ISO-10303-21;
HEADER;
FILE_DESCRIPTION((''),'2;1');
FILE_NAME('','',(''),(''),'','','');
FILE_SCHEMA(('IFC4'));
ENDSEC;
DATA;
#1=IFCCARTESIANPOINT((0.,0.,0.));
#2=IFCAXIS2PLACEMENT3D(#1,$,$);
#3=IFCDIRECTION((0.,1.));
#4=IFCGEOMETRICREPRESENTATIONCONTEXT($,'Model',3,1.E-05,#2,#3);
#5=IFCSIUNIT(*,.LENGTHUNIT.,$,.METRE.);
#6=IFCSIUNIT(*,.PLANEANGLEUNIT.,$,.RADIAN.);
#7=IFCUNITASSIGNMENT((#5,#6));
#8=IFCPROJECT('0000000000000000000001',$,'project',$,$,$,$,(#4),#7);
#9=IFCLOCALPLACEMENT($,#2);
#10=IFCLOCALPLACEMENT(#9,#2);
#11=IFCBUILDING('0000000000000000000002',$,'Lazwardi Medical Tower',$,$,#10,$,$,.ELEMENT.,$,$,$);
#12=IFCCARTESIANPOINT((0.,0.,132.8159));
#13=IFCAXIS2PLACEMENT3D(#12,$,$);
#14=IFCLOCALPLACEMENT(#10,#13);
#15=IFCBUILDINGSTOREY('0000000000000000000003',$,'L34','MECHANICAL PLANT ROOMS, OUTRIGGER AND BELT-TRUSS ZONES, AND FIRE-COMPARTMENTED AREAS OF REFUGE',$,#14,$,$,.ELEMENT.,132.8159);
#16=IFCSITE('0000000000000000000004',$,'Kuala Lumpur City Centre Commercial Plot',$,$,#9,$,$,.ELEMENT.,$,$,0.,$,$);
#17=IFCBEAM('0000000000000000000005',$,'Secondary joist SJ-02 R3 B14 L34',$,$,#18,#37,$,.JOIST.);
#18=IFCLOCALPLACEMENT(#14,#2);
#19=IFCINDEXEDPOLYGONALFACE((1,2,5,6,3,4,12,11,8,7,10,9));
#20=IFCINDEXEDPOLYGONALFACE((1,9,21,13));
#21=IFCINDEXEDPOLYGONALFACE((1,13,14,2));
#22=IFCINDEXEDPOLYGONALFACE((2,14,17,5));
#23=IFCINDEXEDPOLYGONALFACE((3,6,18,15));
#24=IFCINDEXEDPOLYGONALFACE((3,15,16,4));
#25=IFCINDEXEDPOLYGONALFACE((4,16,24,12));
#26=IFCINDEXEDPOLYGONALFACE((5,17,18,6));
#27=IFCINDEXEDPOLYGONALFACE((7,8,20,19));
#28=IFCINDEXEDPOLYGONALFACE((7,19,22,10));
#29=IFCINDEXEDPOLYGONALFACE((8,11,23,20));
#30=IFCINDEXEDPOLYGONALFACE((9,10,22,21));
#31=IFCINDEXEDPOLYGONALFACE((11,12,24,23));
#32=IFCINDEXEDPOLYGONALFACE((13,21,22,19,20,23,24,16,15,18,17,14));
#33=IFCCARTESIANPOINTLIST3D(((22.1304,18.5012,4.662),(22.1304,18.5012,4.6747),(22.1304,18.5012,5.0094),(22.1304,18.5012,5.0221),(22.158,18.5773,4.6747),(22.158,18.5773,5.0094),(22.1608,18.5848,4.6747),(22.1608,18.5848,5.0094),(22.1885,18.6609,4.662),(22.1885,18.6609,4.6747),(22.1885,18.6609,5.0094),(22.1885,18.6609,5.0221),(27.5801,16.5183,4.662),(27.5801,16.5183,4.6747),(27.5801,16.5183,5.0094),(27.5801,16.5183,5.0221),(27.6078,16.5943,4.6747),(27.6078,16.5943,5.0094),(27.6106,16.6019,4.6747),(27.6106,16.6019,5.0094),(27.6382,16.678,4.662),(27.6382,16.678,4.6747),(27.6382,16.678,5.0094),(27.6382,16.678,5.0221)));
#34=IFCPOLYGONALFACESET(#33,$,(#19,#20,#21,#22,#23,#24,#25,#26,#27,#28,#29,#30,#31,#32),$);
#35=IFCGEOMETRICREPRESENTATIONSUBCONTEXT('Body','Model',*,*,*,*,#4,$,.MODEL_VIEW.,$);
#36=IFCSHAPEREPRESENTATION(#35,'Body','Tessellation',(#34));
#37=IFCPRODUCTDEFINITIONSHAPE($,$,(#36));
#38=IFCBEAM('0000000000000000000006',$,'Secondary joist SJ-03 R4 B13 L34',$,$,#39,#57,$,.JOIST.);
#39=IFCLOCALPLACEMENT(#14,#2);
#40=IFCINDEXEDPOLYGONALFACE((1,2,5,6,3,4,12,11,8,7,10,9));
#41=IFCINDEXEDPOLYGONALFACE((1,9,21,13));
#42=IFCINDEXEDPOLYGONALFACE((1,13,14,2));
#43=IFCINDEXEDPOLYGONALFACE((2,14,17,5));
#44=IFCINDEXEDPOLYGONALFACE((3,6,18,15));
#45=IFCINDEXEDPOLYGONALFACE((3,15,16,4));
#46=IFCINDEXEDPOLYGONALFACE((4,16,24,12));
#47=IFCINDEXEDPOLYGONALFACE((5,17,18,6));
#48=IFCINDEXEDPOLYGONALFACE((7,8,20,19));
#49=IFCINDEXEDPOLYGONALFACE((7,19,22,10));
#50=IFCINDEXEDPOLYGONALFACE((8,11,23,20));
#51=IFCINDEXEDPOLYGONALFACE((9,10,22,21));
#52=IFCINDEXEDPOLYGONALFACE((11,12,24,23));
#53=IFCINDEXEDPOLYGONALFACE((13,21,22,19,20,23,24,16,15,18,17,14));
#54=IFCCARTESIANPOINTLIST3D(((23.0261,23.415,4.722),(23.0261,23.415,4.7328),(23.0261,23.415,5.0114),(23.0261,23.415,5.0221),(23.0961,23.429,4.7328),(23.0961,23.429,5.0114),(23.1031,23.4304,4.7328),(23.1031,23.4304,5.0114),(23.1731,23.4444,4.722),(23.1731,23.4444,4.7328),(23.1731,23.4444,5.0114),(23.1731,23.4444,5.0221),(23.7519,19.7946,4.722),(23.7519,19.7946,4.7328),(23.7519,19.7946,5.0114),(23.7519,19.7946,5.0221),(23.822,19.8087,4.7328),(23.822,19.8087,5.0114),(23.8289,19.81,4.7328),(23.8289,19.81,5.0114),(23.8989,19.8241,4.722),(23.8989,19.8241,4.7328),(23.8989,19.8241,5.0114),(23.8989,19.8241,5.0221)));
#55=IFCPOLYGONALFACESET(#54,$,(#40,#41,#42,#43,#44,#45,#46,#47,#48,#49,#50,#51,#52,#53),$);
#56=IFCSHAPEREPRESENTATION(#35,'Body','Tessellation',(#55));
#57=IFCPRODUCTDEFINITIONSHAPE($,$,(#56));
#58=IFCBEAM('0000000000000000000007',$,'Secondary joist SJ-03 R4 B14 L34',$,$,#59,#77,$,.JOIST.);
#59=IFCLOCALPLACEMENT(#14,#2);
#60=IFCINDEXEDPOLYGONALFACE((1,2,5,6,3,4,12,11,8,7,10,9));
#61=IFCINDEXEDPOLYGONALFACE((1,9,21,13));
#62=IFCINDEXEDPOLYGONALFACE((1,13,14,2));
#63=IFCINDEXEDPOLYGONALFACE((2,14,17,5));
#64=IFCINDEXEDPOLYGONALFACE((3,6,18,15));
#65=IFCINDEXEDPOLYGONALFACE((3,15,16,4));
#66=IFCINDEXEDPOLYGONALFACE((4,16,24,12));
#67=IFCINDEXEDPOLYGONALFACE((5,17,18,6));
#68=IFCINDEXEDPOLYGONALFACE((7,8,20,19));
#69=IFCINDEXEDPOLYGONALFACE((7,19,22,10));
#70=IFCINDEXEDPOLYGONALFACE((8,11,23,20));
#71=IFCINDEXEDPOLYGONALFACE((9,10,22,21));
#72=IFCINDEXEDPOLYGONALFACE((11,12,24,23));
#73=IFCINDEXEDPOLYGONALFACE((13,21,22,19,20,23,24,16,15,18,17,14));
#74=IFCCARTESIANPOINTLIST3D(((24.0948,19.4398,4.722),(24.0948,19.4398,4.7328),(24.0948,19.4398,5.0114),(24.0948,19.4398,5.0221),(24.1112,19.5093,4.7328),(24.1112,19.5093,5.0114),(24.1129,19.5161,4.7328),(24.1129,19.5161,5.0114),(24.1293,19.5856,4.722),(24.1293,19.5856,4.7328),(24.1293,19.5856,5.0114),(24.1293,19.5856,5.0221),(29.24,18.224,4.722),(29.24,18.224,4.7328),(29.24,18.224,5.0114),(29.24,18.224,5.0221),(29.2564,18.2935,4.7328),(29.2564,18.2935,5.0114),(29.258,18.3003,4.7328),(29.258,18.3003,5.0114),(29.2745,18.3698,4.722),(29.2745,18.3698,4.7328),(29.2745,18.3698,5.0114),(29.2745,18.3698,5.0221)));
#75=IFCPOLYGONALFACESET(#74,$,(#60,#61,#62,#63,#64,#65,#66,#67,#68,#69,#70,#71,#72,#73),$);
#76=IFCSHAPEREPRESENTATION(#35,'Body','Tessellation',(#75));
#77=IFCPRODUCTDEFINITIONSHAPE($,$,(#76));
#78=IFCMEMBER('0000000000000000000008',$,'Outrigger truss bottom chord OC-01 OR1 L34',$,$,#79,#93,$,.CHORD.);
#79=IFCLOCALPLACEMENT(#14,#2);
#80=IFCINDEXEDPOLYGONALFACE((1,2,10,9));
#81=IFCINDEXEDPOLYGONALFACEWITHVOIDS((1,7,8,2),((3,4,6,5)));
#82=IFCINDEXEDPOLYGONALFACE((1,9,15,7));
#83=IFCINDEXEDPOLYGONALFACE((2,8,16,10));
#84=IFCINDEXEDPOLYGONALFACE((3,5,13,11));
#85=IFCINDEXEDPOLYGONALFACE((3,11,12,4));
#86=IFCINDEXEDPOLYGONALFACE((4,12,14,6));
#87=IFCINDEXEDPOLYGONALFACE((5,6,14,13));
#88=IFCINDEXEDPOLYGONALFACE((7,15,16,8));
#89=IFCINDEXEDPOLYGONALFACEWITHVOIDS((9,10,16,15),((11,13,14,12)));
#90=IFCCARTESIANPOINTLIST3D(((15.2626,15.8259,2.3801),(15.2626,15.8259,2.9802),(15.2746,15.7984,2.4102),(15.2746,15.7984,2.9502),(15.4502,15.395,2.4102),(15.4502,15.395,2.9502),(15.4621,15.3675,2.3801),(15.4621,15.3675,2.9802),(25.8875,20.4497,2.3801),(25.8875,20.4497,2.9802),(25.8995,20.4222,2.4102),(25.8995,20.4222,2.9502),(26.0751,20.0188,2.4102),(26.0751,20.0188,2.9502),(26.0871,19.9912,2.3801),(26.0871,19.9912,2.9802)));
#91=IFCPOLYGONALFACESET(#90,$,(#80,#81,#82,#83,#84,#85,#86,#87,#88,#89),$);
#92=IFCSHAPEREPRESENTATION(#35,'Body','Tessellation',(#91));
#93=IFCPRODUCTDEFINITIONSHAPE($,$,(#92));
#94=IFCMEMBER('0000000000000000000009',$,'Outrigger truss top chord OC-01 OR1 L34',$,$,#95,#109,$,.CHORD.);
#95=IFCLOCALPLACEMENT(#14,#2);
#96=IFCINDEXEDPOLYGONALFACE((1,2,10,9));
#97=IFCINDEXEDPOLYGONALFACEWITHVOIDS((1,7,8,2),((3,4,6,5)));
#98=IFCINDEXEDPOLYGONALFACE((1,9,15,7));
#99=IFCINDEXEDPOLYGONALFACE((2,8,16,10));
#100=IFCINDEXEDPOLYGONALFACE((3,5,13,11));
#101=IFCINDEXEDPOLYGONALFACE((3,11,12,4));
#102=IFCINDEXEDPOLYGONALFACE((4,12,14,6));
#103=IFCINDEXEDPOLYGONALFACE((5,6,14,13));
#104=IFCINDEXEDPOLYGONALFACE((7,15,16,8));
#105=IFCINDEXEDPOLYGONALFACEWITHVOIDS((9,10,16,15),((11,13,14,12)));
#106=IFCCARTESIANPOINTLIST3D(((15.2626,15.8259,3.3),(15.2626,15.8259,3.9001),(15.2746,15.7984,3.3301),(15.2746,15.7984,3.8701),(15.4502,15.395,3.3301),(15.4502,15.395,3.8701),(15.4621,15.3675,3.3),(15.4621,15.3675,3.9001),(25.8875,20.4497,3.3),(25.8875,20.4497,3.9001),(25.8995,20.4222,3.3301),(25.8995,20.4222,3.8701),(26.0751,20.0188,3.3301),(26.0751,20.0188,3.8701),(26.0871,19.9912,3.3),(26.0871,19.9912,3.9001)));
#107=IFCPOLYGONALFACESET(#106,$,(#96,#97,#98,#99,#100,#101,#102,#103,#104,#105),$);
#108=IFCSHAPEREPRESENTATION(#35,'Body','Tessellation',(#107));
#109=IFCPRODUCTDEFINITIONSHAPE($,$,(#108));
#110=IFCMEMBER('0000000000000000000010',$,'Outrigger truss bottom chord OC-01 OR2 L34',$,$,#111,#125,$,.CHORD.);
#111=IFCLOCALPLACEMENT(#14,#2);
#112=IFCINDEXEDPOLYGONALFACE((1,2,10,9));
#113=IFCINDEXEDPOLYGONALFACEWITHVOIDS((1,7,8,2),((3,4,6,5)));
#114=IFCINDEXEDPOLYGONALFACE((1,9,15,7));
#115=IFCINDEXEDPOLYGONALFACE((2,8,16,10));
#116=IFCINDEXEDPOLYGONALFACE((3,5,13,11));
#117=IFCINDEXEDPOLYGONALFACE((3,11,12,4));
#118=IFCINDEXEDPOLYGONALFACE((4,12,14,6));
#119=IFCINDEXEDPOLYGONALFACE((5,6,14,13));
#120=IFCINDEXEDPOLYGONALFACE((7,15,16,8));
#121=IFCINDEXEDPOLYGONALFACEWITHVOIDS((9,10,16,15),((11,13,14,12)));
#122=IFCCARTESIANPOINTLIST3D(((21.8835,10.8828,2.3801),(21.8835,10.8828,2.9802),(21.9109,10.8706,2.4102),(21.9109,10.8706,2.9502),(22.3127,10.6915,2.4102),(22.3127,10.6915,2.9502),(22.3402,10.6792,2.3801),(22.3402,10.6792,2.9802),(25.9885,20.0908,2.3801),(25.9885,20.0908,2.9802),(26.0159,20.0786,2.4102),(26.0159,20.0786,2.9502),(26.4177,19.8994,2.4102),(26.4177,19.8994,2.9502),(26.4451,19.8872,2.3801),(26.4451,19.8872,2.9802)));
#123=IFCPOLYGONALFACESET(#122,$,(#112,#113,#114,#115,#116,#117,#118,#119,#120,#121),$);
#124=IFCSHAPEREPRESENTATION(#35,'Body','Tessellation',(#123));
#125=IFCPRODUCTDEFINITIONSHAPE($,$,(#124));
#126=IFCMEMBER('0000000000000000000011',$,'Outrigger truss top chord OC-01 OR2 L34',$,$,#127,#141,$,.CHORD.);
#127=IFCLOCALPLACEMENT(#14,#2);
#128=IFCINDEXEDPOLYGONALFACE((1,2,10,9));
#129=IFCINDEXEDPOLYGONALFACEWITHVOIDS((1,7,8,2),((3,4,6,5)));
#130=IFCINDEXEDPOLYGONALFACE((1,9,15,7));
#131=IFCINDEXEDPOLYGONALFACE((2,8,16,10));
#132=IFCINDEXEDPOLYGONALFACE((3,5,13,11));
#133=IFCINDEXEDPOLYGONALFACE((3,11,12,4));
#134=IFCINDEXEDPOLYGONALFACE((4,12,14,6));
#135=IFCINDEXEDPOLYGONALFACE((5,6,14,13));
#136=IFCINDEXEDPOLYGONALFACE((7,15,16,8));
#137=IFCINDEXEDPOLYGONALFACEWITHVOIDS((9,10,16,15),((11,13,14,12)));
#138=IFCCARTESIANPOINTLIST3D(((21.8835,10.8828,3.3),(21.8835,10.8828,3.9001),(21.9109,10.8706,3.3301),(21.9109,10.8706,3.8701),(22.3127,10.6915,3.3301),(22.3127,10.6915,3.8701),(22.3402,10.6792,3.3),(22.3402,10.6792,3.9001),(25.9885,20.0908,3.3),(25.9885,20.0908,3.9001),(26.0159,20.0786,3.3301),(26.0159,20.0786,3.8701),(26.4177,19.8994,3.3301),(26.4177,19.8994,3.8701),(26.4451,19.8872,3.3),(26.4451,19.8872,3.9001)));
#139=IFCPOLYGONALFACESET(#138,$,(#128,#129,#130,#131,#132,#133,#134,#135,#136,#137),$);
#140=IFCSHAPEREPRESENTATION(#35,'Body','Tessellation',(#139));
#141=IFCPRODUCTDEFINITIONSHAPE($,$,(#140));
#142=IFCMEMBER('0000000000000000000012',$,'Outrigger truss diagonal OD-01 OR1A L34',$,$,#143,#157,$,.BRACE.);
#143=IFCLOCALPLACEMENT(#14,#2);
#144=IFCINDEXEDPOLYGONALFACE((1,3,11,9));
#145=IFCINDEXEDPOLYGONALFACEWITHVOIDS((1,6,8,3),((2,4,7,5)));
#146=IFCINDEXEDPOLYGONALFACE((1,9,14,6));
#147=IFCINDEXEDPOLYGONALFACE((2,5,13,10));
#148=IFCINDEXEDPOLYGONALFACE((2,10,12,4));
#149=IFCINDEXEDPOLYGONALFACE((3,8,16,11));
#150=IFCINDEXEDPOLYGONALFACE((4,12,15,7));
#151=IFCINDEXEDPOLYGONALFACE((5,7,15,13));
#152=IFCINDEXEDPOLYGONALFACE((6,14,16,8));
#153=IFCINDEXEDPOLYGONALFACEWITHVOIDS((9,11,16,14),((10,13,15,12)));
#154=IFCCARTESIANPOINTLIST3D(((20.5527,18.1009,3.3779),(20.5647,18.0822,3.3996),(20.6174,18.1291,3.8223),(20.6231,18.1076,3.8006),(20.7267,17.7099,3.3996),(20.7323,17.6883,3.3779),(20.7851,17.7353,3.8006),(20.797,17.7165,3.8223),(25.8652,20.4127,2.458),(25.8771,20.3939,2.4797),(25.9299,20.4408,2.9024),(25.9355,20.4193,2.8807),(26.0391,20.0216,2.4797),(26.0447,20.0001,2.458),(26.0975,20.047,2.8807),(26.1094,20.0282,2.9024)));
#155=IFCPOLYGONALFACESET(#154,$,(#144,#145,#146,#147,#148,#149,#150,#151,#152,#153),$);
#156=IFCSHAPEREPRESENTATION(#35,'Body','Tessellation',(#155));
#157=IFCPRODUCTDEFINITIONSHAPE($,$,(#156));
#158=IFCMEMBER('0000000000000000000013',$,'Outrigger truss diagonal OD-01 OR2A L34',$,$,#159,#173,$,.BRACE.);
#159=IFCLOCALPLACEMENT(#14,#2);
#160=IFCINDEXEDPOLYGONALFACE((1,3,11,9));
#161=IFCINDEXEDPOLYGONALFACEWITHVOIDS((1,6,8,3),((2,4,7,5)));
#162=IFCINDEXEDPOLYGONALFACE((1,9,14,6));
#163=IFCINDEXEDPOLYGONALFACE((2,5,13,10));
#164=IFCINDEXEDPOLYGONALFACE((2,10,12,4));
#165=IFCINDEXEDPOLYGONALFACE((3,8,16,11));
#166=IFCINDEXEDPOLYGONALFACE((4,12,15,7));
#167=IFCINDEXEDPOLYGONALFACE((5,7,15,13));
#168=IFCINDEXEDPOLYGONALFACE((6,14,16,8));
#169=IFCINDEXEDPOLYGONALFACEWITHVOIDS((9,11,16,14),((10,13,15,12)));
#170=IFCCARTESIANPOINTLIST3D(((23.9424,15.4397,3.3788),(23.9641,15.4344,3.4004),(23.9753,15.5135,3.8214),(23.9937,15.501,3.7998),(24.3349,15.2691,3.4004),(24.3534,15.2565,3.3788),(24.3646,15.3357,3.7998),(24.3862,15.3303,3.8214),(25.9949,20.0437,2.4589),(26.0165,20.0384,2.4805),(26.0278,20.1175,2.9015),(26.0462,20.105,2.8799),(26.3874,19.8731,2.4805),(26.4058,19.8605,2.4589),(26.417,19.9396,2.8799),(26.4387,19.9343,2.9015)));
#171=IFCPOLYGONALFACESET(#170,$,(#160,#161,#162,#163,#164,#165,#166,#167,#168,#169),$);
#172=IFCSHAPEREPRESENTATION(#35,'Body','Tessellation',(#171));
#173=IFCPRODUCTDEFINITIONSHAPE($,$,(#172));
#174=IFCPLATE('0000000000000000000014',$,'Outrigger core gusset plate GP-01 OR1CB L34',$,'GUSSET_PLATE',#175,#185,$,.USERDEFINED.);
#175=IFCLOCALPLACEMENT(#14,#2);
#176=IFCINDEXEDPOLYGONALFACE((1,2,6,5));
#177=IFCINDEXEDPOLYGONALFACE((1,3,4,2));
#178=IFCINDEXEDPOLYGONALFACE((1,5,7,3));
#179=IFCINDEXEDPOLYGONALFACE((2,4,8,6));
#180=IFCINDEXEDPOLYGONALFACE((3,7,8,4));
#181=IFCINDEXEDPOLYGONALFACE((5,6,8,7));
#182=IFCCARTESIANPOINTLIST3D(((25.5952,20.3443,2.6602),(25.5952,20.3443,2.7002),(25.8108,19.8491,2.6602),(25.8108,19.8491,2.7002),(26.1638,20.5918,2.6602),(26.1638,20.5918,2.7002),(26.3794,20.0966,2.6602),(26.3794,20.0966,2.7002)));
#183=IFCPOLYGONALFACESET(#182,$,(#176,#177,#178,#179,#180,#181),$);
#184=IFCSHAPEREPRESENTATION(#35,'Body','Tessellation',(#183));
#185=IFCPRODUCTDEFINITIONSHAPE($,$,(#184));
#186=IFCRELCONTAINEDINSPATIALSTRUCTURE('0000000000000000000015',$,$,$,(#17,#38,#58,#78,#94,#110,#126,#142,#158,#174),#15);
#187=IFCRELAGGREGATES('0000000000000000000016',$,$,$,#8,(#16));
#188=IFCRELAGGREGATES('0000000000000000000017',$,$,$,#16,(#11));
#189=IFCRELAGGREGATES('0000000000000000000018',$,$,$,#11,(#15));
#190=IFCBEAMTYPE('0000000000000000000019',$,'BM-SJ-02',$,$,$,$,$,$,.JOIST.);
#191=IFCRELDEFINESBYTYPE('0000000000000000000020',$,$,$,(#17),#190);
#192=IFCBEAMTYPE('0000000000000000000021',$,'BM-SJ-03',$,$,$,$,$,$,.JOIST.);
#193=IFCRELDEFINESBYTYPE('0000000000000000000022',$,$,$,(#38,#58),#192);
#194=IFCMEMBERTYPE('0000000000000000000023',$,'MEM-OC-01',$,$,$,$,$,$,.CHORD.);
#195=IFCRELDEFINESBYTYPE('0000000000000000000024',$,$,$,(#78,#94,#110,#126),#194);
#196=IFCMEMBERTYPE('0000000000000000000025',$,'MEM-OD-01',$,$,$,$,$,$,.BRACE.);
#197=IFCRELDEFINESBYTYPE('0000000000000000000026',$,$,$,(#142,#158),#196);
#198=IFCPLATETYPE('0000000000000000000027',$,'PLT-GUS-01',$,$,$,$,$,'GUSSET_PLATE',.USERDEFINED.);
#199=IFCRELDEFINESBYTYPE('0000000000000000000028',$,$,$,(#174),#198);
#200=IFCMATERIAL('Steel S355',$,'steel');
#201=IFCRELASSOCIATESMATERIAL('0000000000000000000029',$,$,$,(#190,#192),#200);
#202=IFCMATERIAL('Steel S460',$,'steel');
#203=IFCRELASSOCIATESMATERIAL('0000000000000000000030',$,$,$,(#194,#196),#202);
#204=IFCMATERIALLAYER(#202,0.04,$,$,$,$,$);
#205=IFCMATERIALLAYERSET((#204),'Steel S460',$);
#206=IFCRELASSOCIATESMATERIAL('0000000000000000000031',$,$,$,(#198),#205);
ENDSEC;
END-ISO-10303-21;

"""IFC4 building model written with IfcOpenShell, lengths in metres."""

from ifc_helpers import new_model, si_unit, direction, frame, origin, origin_2d, place, context, subcontext, project, spatial, rectangle, hollow_rectangle, i_section, extrude, material, layer, layer_set, material_profile, profile_set, type_object, element, save


model = new_model("IFC4")

# Units and contexts
model_context = context("Model", 3, precision=1e-05, world=origin(), true_north=direction((0.0, 1.0)))
body_context = subcontext(model_context, "Body", "Model", "MODEL_VIEW")
ifc_project = project(units=[si_unit("LENGTHUNIT", "METRE"), si_unit("PLANEANGLEUNIT", "RADIAN")], contexts=[model_context])

# Site, building, storey
site_placement = place(None, origin())
site = spatial("IfcSite", under=ifc_project, at=site_placement, Name="Kuala Lumpur City Centre Commercial Plot", CompositionType="ELEMENT", RefElevation=0.0)
building_placement = place(site_placement, origin())
building = spatial("IfcBuilding", under=site, at=building_placement, Name="Lazwardi Medical Tower", CompositionType="ELEMENT")
storey_placement = place(building_placement, frame((0.0, 0.0, 132.8159)))
storey = spatial("IfcBuildingStorey", under=building, at=storey_placement, Name="L34", Description="MECHANICAL PLANT ROOMS, OUTRIGGER AND BELT-TRUSS ZONES, AND FIRE-COMPARTMENTED AREAS OF REFUGE", CompositionType="ELEMENT", Elevation=132.8159)

# Beams
ifc_material_1 = material(Name="Steel S355", Category="steel")
ifc_material_profile_1 = material_profile(ifc_material_1, i_section(OverallWidth=0.1699, OverallDepth=0.3601, WebThickness=0.0081, FlangeThickness=0.0127, at=origin_2d()), Name="IPE 360")
ifc_profile_set_1 = profile_set([ifc_material_profile_1], Name="Steel S355")
beam_type_1 = type_object("IfcBeamType", Name="BM-SJ-02", PredefinedType="JOIST", material=ifc_profile_set_1)
beam_1_placement = place(storey_placement, frame((22.1594, 18.5811, 4.842), z_axis=(0.939727, -0.341926, 0.0), x_axis=(0.341926, 0.939727, 0.0)))
element("IfcBeam", 1, at=beam_1_placement, inside=storey, type_object=beam_type_1, Name="Secondary joist SJ-02 R3 B14 L34", PredefinedType="JOIST", context=body_context, shape_type="SweptSolid", body=[
    extrude(i_section(OverallWidth=0.1699, OverallDepth=0.3601, WebThickness=0.0081, FlangeThickness=0.0127, at=origin_2d()), origin(), (0.0, 0.0, 1.0), 5.7993),
])
ifc_material_profile_2 = material_profile(ifc_material_1, i_section(OverallWidth=0.1499, OverallDepth=0.3, WebThickness=0.0071, FlangeThickness=0.0107, at=origin_2d()), Name="IPE 300")
ifc_profile_set_2 = profile_set([ifc_material_profile_2], Name="Steel S355")
beam_type_2 = type_object("IfcBeamType", Name="BM-SJ-03", PredefinedType="JOIST", material=ifc_profile_set_2)
beam_2_placement = place(storey_placement, frame((23.0996, 23.4297, 4.8721), z_axis=(0.196574, -0.980489, 0.0), x_axis=(0.980489, 0.196574, 0.0)))
element("IfcBeam", 2, at=beam_2_placement, inside=storey, type_object=beam_type_2, Name="Secondary joist SJ-03 R4 B13 L34", PredefinedType="JOIST", context=body_context, shape_type="SweptSolid", body=[
    extrude(i_section(OverallWidth=0.1499, OverallDepth=0.3, WebThickness=0.0071, FlangeThickness=0.0107, at=origin_2d()), origin(), (0.0, 0.0, 1.0), 3.6924),
])
beam_3_placement = place(storey_placement, frame((24.1121, 19.5127, 4.8721), z_axis=(0.973199, -0.229966, 0.0), x_axis=(0.229966, 0.973199, 0.0)))
element("IfcBeam", 3, at=beam_3_placement, inside=storey, type_object=beam_type_2, Name="Secondary joist SJ-03 R4 B14 L34", PredefinedType="JOIST", context=body_context, shape_type="SweptSolid", body=[
    extrude(i_section(OverallWidth=0.1499, OverallDepth=0.3, WebThickness=0.0071, FlangeThickness=0.0107, at=origin_2d()), origin(), (0.0, 0.0, 1.0), 5.2869),
])

# Members
ifc_material_2 = material(Name="Steel S460", Category="steel")
ifc_material_profile_3 = material_profile(ifc_material_2, hollow_rectangle(XDim=0.5, YDim=0.6001, WallThickness=0.03, at=origin_2d()), Name="RHS 600x500x30")
ifc_profile_set_3 = profile_set([ifc_material_profile_3], Name="Steel S460")
member_type_1 = type_object("IfcMemberType", Name="MEM-OC-01", PredefinedType="CHORD", material=ifc_profile_set_3)
for number, where, z_axis, x_axis, name in (
    (4, (25.9873, 20.2205, 2.6802), (-0.916937, -0.399032, 0.0), (0.399032, -0.916937, 0.0), "Outrigger truss bottom chord OC-01 OR1 L34"),
    (5, (25.9873, 20.2205, 3.6001), (-0.916937, -0.399032, 0.0), (0.399032, -0.916937, 0.0), "Outrigger truss top chord OC-01 OR1 L34"),
):
    element("IfcMember", number, at=place(storey_placement, frame(where, z_axis=z_axis, x_axis=x_axis)), inside=storey, type_object=member_type_1, Name=name, PredefinedType="CHORD", context=body_context, shape_type="SweptSolid", body=[
        extrude(hollow_rectangle(XDim=0.5, YDim=0.6001, WallThickness=0.03, at=origin_2d()), origin(), (0.0, 0.0, 1.0), 11.5874),
    ])
for number, where, z_axis, x_axis, name in (
    (6, (26.2168, 19.989, 2.6802), (-0.407176, -0.91335, 0.0), (0.91335, -0.407176, 0.0), "Outrigger truss bottom chord OC-01 OR2 L34"),
    (7, (26.2168, 19.989, 3.6001), (-0.407176, -0.91335, 0.0), (0.91335, -0.407176, 0.0), "Outrigger truss top chord OC-01 OR2 L34"),
):
    element("IfcMember", number, at=place(storey_placement, frame(where, z_axis=z_axis, x_axis=x_axis)), inside=storey, type_object=member_type_1, Name=name, PredefinedType="CHORD", context=body_context, shape_type="SweptSolid", body=[
        extrude(hollow_rectangle(XDim=0.5, YDim=0.6001, WallThickness=0.03, at=origin_2d()), origin(), (0.0, 0.0, 1.0), 10.0815),
    ])
ifc_material_profile_4 = material_profile(ifc_material_2, hollow_rectangle(XDim=0.45, YDim=0.45, WallThickness=0.022, at=origin_2d()), Name="RHS 450x450x22")
ifc_profile_set_4 = profile_set([ifc_material_profile_4], Name="Steel S460")
member_type_2 = type_object("IfcMemberType", Name="MEM-OD-01", PredefinedType="BRACE", material=ifc_profile_set_4)
member_1_placement = place(storey_placement, frame((25.9873, 20.2205, 2.6802), z_axis=(-0.9056, -0.394078, 0.156815), x_axis=(0.399014, -0.916945, 0.0)))
element("IfcMember", 8, at=member_1_placement, inside=storey, type_object=member_type_2, Name="Outrigger truss diagonal OD-01 OR1A L34", PredefinedType="BRACE", context=body_context, shape_type="SweptSolid", body=[
    extrude(hollow_rectangle(XDim=0.45, YDim=0.45, WallThickness=0.022, at=origin_2d()), origin(), (0.0, 0.0, 1.0), 5.8662),
])
member_2_placement = place(storey_placement, frame((26.2168, 19.989, 2.6802), z_axis=(-0.400561, -0.89851, 0.17953), x_axis=(0.91335, -0.407176, 0.0)))
element("IfcMember", 9, at=member_2_placement, inside=storey, type_object=member_type_2, Name="Outrigger truss diagonal OD-01 OR2A L34", PredefinedType="BRACE", context=body_context, shape_type="SweptSolid", body=[
    extrude(hollow_rectangle(XDim=0.45, YDim=0.45, WallThickness=0.022, at=origin_2d()), origin(), (0.0, 0.0, 1.0), 5.124),
])

# Plate
ifc_layer_1 = layer(ifc_material_2, 0.04)
ifc_layer_set_1 = layer_set([ifc_layer_1], Name="Steel S460")
plate_type = type_object("IfcPlateType", Name="PLT-GUS-01", ElementType="GUSSET_PLATE", PredefinedType="USERDEFINED", material=ifc_layer_set_1)
for number, where, z_axis, x_axis, name in (
    (10, (25.9873, 20.2205, 2.6602), (0.0, 0.0, 1.0), (-0.916921, -0.399069, 0.0), "Outrigger core gusset plate GP-01 OR1CB L34"),
):
    element("IfcPlate", number, at=place(storey_placement, frame(where, z_axis=z_axis, x_axis=x_axis)), inside=storey, type_object=plate_type, Name=name, ObjectType="GUSSET_PLATE", PredefinedType="USERDEFINED", context=body_context, shape_type="SweptSolid", body=[
        extrude(rectangle(XDim=0.6201, YDim=0.54, at=origin_2d()), origin(), (0.0, 0.0, 1.0), 0.04),
    ])

save(model, "model.ifc")
